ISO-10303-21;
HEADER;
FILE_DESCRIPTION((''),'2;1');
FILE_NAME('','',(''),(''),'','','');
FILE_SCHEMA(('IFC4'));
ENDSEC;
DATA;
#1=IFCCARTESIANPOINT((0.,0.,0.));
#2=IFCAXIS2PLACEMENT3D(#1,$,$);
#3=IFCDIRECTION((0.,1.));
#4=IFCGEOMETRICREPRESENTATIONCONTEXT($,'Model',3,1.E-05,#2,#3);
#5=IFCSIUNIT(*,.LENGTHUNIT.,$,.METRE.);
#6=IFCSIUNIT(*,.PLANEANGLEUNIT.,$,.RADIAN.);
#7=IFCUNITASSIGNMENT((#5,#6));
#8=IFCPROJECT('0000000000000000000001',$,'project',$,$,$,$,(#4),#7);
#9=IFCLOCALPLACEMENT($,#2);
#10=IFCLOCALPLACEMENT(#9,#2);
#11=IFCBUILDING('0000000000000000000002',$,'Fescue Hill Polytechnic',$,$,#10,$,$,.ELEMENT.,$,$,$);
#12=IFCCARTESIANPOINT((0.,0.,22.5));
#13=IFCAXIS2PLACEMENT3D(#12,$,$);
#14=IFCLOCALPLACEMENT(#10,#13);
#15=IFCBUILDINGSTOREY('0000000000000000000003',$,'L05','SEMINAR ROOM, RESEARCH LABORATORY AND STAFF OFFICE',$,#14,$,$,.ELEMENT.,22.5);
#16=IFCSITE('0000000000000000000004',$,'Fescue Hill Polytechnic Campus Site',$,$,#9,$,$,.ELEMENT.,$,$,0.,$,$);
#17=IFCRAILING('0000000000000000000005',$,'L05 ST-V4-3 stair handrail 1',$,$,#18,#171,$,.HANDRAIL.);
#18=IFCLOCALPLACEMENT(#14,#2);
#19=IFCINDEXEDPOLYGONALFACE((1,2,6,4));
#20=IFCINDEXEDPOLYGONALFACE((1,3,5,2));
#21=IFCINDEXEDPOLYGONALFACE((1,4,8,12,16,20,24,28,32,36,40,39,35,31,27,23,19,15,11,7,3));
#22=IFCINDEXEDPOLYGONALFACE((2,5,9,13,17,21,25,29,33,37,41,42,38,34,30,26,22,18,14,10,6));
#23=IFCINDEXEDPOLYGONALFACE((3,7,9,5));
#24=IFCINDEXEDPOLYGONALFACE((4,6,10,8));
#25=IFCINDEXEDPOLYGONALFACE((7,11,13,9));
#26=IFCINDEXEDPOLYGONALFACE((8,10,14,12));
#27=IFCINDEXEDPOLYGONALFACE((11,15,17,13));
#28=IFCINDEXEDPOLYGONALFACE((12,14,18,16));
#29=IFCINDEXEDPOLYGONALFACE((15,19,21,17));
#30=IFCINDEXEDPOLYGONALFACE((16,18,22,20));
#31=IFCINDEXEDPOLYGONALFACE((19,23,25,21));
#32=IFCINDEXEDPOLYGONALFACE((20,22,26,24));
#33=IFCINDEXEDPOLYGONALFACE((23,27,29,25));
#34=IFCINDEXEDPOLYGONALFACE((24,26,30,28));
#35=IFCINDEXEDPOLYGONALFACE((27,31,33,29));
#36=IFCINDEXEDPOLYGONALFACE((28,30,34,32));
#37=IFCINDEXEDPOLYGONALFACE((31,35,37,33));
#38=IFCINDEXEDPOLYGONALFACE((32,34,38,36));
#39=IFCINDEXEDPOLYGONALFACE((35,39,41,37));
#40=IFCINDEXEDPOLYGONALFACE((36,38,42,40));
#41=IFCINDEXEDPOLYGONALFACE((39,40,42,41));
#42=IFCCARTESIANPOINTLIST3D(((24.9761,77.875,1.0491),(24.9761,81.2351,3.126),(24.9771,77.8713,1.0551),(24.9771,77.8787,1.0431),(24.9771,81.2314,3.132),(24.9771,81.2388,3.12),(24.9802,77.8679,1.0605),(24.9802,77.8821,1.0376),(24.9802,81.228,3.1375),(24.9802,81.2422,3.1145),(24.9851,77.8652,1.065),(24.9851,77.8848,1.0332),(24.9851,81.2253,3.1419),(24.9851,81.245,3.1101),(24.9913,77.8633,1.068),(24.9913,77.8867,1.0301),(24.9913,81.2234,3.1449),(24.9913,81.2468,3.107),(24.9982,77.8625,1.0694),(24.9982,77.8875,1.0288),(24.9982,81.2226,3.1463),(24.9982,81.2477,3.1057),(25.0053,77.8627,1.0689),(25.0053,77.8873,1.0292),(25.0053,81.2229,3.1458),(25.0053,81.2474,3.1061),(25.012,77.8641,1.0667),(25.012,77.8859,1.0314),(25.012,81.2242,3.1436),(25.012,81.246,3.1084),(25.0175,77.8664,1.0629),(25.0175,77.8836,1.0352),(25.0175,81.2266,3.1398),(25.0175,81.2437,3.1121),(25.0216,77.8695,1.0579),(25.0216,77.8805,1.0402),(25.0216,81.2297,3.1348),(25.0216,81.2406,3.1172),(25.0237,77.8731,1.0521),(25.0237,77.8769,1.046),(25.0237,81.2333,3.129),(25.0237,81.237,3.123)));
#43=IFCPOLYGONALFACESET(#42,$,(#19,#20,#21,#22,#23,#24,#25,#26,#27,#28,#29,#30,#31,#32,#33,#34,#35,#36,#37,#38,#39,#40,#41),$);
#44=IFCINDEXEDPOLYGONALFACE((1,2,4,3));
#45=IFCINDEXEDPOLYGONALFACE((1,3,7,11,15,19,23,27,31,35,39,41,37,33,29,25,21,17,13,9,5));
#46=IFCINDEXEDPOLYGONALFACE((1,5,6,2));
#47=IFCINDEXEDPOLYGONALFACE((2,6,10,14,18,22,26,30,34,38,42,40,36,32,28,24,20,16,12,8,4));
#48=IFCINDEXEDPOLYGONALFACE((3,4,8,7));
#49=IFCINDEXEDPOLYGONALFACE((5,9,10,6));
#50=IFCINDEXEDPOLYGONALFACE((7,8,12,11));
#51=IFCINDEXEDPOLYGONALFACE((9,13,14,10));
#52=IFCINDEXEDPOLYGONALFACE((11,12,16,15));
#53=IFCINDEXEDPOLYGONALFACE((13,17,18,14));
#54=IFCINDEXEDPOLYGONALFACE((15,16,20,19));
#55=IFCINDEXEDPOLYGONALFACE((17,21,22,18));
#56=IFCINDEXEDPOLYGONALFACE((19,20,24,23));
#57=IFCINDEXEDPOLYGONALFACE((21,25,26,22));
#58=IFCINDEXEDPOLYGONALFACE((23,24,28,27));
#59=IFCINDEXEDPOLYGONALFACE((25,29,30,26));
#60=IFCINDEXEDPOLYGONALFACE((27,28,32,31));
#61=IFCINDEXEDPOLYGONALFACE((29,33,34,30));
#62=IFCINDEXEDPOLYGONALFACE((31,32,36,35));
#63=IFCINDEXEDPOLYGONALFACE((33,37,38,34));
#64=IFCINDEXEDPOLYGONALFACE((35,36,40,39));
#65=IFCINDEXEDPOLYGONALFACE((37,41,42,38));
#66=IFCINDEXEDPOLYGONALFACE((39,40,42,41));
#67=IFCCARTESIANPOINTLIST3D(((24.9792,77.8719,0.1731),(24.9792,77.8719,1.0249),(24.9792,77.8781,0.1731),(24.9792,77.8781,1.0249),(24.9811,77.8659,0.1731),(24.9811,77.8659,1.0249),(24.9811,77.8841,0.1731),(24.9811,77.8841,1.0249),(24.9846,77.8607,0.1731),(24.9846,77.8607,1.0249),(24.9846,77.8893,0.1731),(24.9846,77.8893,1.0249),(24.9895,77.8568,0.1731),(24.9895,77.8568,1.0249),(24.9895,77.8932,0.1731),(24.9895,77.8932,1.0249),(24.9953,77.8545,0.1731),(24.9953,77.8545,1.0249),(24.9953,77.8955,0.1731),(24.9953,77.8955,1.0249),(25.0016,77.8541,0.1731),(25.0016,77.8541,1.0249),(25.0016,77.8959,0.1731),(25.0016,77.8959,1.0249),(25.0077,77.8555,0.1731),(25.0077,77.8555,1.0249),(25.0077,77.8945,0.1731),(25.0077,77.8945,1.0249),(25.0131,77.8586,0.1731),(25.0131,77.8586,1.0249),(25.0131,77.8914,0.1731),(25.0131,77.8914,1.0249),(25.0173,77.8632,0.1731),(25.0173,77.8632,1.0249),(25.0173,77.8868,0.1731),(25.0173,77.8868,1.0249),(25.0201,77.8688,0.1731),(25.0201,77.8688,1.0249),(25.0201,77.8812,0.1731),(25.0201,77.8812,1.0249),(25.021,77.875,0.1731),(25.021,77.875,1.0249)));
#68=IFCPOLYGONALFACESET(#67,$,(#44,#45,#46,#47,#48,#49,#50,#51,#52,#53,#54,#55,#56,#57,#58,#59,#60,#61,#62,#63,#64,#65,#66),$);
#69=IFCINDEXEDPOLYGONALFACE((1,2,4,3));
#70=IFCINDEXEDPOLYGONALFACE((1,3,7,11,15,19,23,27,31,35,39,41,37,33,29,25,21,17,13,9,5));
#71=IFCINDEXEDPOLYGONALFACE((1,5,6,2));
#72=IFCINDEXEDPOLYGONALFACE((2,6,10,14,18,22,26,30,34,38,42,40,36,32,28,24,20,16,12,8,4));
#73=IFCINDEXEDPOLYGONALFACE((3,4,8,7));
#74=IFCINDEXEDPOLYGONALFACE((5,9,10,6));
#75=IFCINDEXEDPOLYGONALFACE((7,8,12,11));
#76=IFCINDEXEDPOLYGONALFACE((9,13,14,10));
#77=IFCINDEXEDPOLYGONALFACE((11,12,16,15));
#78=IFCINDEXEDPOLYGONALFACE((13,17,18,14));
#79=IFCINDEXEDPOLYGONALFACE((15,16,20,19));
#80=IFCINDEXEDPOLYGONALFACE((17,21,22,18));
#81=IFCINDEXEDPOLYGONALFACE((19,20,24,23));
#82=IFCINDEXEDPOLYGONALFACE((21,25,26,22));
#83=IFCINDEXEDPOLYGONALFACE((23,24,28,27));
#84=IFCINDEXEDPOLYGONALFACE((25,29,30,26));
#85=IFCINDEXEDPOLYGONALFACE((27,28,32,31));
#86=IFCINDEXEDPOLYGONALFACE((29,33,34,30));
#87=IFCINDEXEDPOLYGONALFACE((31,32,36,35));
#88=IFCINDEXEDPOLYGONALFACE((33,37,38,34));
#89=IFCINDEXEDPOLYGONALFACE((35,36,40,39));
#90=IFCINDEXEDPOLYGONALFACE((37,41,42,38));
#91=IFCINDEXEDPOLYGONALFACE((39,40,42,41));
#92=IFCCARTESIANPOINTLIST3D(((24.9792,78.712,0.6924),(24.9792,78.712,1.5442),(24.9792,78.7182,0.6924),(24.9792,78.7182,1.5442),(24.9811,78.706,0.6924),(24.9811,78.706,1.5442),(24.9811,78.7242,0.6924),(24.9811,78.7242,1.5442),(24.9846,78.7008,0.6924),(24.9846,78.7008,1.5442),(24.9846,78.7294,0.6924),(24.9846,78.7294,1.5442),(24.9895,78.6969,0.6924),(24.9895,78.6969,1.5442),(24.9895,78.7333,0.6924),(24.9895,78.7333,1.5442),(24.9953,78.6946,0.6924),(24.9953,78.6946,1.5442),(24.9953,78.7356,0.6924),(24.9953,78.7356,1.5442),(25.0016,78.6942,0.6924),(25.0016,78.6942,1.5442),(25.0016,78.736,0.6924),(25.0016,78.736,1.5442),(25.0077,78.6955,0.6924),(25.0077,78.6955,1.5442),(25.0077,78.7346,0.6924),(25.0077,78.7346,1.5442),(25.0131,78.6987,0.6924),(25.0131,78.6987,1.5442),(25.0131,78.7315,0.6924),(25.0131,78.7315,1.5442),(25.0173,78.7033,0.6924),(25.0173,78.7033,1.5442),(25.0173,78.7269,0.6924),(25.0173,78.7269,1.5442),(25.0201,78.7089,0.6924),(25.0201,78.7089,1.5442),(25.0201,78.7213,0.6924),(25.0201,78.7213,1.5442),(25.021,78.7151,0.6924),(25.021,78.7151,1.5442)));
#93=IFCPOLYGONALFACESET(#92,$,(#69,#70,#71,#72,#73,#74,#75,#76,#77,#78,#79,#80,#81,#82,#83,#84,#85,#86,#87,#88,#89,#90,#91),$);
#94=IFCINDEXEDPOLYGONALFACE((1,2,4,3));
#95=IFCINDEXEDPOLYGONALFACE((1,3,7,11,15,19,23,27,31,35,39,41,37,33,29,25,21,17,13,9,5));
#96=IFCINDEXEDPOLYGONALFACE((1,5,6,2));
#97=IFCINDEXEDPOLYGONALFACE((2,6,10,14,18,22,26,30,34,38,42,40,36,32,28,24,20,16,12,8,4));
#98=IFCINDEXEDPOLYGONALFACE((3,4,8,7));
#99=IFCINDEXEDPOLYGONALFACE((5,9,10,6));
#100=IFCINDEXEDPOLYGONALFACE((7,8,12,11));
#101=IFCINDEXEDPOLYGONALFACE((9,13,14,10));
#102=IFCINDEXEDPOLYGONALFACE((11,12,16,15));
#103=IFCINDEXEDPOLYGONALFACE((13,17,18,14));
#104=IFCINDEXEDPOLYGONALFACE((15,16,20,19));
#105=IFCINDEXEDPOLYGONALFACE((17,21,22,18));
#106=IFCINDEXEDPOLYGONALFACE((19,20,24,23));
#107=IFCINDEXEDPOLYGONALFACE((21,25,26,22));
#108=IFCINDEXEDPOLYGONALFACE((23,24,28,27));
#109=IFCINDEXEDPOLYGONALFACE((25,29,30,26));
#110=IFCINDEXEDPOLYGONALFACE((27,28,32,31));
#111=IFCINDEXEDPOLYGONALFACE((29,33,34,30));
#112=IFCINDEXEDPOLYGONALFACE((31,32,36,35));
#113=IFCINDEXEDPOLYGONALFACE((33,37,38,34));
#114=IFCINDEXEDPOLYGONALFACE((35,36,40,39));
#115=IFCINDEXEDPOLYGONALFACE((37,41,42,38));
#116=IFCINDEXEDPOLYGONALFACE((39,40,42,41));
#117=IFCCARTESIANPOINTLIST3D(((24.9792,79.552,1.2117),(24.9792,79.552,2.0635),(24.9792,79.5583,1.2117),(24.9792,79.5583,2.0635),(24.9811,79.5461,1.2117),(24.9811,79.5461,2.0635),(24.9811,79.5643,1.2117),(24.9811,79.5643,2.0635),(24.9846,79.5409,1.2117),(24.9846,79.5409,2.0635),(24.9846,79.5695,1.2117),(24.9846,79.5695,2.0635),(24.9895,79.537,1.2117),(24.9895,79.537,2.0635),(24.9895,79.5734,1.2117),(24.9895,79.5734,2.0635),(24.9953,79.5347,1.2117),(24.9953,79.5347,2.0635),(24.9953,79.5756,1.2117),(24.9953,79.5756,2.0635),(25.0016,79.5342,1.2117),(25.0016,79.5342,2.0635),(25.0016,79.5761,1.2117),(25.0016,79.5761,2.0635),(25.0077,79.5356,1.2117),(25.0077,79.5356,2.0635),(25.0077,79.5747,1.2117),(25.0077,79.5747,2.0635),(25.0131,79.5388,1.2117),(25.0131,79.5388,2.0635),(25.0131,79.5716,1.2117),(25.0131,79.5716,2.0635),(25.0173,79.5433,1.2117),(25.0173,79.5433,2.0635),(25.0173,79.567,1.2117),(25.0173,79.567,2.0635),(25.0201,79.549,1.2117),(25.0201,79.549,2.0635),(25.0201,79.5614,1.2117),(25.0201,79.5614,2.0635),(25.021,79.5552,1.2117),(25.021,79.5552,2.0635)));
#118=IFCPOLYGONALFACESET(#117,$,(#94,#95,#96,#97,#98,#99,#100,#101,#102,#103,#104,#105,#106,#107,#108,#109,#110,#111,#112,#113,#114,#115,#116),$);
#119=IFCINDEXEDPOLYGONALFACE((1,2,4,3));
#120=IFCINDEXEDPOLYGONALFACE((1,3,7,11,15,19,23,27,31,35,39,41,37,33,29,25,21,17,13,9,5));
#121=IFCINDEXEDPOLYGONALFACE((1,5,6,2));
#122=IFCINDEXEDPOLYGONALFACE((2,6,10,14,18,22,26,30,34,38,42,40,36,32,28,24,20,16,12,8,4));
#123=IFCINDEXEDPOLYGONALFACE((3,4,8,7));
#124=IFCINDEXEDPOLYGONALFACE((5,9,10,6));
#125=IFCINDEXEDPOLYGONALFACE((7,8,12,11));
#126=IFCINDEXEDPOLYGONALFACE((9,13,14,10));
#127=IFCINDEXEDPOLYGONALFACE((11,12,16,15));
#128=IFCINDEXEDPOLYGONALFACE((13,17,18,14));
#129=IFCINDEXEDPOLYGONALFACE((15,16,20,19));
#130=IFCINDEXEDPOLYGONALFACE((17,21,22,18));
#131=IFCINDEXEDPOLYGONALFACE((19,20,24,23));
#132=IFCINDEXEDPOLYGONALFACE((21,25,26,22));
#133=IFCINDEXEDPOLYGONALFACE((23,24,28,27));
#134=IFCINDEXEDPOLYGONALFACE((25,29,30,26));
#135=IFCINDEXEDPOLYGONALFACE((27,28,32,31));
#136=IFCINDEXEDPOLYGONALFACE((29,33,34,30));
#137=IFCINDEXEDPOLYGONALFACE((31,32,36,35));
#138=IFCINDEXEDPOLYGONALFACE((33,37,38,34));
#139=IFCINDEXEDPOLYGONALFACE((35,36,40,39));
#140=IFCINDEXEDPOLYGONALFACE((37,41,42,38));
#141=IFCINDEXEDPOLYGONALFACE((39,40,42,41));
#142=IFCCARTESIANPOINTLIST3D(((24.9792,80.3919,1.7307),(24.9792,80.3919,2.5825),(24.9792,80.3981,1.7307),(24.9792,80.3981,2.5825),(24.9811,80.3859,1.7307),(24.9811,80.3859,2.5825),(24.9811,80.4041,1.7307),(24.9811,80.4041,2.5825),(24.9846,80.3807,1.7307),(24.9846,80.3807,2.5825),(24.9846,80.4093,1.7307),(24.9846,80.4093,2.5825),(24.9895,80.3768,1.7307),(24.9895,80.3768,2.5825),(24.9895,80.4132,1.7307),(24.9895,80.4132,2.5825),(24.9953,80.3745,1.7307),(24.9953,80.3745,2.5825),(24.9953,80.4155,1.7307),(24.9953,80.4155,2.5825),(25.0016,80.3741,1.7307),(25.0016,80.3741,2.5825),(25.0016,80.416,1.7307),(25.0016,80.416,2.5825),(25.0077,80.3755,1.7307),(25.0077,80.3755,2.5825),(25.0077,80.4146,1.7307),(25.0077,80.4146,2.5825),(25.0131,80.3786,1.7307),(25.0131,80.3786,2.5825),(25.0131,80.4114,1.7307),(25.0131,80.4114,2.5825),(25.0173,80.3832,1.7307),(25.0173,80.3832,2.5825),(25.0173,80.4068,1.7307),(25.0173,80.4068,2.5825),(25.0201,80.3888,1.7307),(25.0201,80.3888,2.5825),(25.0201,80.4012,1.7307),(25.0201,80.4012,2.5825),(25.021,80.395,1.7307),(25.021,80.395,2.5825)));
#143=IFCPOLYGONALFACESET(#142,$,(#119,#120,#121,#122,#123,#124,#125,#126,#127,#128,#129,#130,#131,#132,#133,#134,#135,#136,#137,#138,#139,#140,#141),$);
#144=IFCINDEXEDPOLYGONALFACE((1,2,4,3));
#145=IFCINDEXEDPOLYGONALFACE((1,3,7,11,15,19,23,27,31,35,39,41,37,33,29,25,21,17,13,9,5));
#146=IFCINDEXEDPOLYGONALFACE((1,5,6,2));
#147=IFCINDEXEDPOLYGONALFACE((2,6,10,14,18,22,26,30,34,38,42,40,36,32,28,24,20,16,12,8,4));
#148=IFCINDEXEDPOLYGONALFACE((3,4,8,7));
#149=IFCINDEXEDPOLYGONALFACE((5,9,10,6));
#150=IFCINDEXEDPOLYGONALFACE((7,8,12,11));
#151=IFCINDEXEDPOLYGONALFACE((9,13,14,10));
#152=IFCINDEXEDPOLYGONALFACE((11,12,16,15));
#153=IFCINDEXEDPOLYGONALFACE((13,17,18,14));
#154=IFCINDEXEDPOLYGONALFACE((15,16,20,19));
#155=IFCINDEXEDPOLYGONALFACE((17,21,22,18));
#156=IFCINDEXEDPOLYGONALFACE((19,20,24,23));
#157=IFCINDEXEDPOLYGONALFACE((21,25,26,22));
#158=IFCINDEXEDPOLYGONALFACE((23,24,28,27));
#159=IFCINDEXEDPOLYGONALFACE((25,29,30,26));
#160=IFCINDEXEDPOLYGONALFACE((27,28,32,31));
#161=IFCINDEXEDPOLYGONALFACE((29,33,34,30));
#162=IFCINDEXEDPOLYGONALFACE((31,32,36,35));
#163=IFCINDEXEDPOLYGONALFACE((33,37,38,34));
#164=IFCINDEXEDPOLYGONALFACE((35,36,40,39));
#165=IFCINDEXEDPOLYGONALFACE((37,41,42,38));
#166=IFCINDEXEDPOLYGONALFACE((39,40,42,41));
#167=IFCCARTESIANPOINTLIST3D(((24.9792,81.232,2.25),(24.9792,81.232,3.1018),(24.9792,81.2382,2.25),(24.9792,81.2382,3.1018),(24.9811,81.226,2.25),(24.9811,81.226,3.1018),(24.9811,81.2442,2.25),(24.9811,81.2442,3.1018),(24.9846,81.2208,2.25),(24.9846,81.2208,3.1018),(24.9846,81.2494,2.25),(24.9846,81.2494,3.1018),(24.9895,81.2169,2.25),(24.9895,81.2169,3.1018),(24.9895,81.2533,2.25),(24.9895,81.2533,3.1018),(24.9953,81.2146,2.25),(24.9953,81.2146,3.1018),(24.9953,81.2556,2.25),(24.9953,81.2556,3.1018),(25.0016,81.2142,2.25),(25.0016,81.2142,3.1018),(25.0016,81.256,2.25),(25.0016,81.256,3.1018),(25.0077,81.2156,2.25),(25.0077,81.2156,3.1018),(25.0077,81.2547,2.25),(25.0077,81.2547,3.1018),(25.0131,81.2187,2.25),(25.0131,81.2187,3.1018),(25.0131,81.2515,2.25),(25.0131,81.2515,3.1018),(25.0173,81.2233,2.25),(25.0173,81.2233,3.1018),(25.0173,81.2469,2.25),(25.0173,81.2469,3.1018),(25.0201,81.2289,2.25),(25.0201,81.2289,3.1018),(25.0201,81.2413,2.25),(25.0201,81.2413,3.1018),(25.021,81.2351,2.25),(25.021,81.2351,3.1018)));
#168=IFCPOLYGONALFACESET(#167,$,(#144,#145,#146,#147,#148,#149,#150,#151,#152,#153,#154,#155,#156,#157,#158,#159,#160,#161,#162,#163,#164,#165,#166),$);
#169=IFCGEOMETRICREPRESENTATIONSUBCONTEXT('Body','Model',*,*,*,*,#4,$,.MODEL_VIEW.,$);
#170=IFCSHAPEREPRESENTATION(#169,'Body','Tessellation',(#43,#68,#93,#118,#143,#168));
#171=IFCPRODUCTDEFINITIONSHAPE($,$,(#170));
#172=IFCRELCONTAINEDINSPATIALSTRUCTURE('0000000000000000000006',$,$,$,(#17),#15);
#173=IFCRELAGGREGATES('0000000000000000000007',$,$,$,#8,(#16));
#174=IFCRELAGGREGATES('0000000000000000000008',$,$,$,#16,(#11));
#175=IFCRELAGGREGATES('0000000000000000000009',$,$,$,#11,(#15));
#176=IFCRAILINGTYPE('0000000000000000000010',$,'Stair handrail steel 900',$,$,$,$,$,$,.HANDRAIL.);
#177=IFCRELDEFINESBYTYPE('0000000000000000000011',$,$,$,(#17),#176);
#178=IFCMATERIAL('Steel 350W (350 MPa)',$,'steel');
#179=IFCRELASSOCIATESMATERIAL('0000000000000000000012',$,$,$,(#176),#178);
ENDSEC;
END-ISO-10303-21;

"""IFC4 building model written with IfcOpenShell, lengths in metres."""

from ifc_helpers import new_model, si_unit, direction, frame, origin, origin_2d, place, context, subcontext, project, spatial, circle, extrude, material, type_object, element, save


model = new_model("IFC4")

# Units and contexts
model_context = context("Model", 3, precision=1e-05, world=origin(), true_north=direction((0.0, 1.0)))
body_context = subcontext(model_context, "Body", "Model", "MODEL_VIEW")
ifc_project = project(units=[si_unit("LENGTHUNIT", "METRE"), si_unit("PLANEANGLEUNIT", "RADIAN")], contexts=[model_context])

# Site, building, storey
site_placement = place(None, origin())
site = spatial("IfcSite", under=ifc_project, at=site_placement, Name="Fescue Hill Polytechnic Campus Site", CompositionType="ELEMENT", RefElevation=0.0)
building_placement = place(site_placement, origin())
building = spatial("IfcBuilding", under=site, at=building_placement, Name="Fescue Hill Polytechnic", CompositionType="ELEMENT")
storey_placement = place(building_placement, frame((0.0, 0.0, 22.5)))
storey = spatial("IfcBuildingStorey", under=building, at=storey_placement, Name="L05", Description="SEMINAR ROOM, RESEARCH LABORATORY AND STAFF OFFICE", CompositionType="ELEMENT", Elevation=22.5)

# Railing
ifc_material_1 = material(Name="Steel 350W (350 MPa)", Category="steel")
railing_type_1 = type_object("IfcRailingType", Name="Stair handrail steel 900", PredefinedType="HANDRAIL", material=ifc_material_1)
railing_1_placement = place(storey_placement, frame((25.0, 77.875, 0.1731)))
element("IfcRailing", 1, at=railing_1_placement, inside=storey, type_object=railing_type_1, Name="L05 ST-V4-3 stair handrail 1", PredefinedType="HANDRAIL", context=body_context, shape_type="SweptSolid", body=[
    extrude(circle(Radius=0.0239, at=origin_2d()), frame((0.0, 0.0, 0.876), z_axis=(0.0, 0.850623, 0.525776), x_axis=(-1.0, 0.0, 0.0)), (0.0, 0.0, 1.0), 3.9502),
    extrude(circle(Radius=0.021, at=origin_2d()), origin(), (0.0, 0.0, 1.0), 0.8518),
    extrude(circle(Radius=0.021, at=origin_2d()), frame((0.0, 0.8401, 0.5193)), (0.0, 0.0, 1.0), 0.8518),
    extrude(circle(Radius=0.021, at=origin_2d()), frame((0.0, 1.6802, 1.0386)), (0.0, 0.0, 1.0), 0.8518),
    extrude(circle(Radius=0.021, at=origin_2d()), frame((0.0, 2.52, 1.5576)), (0.0, 0.0, 1.0), 0.8518),
    extrude(circle(Radius=0.021, at=origin_2d()), frame((0.0, 3.3601, 2.0769)), (0.0, 0.0, 1.0), 0.8518),
])

save(model, "model.ifc")
